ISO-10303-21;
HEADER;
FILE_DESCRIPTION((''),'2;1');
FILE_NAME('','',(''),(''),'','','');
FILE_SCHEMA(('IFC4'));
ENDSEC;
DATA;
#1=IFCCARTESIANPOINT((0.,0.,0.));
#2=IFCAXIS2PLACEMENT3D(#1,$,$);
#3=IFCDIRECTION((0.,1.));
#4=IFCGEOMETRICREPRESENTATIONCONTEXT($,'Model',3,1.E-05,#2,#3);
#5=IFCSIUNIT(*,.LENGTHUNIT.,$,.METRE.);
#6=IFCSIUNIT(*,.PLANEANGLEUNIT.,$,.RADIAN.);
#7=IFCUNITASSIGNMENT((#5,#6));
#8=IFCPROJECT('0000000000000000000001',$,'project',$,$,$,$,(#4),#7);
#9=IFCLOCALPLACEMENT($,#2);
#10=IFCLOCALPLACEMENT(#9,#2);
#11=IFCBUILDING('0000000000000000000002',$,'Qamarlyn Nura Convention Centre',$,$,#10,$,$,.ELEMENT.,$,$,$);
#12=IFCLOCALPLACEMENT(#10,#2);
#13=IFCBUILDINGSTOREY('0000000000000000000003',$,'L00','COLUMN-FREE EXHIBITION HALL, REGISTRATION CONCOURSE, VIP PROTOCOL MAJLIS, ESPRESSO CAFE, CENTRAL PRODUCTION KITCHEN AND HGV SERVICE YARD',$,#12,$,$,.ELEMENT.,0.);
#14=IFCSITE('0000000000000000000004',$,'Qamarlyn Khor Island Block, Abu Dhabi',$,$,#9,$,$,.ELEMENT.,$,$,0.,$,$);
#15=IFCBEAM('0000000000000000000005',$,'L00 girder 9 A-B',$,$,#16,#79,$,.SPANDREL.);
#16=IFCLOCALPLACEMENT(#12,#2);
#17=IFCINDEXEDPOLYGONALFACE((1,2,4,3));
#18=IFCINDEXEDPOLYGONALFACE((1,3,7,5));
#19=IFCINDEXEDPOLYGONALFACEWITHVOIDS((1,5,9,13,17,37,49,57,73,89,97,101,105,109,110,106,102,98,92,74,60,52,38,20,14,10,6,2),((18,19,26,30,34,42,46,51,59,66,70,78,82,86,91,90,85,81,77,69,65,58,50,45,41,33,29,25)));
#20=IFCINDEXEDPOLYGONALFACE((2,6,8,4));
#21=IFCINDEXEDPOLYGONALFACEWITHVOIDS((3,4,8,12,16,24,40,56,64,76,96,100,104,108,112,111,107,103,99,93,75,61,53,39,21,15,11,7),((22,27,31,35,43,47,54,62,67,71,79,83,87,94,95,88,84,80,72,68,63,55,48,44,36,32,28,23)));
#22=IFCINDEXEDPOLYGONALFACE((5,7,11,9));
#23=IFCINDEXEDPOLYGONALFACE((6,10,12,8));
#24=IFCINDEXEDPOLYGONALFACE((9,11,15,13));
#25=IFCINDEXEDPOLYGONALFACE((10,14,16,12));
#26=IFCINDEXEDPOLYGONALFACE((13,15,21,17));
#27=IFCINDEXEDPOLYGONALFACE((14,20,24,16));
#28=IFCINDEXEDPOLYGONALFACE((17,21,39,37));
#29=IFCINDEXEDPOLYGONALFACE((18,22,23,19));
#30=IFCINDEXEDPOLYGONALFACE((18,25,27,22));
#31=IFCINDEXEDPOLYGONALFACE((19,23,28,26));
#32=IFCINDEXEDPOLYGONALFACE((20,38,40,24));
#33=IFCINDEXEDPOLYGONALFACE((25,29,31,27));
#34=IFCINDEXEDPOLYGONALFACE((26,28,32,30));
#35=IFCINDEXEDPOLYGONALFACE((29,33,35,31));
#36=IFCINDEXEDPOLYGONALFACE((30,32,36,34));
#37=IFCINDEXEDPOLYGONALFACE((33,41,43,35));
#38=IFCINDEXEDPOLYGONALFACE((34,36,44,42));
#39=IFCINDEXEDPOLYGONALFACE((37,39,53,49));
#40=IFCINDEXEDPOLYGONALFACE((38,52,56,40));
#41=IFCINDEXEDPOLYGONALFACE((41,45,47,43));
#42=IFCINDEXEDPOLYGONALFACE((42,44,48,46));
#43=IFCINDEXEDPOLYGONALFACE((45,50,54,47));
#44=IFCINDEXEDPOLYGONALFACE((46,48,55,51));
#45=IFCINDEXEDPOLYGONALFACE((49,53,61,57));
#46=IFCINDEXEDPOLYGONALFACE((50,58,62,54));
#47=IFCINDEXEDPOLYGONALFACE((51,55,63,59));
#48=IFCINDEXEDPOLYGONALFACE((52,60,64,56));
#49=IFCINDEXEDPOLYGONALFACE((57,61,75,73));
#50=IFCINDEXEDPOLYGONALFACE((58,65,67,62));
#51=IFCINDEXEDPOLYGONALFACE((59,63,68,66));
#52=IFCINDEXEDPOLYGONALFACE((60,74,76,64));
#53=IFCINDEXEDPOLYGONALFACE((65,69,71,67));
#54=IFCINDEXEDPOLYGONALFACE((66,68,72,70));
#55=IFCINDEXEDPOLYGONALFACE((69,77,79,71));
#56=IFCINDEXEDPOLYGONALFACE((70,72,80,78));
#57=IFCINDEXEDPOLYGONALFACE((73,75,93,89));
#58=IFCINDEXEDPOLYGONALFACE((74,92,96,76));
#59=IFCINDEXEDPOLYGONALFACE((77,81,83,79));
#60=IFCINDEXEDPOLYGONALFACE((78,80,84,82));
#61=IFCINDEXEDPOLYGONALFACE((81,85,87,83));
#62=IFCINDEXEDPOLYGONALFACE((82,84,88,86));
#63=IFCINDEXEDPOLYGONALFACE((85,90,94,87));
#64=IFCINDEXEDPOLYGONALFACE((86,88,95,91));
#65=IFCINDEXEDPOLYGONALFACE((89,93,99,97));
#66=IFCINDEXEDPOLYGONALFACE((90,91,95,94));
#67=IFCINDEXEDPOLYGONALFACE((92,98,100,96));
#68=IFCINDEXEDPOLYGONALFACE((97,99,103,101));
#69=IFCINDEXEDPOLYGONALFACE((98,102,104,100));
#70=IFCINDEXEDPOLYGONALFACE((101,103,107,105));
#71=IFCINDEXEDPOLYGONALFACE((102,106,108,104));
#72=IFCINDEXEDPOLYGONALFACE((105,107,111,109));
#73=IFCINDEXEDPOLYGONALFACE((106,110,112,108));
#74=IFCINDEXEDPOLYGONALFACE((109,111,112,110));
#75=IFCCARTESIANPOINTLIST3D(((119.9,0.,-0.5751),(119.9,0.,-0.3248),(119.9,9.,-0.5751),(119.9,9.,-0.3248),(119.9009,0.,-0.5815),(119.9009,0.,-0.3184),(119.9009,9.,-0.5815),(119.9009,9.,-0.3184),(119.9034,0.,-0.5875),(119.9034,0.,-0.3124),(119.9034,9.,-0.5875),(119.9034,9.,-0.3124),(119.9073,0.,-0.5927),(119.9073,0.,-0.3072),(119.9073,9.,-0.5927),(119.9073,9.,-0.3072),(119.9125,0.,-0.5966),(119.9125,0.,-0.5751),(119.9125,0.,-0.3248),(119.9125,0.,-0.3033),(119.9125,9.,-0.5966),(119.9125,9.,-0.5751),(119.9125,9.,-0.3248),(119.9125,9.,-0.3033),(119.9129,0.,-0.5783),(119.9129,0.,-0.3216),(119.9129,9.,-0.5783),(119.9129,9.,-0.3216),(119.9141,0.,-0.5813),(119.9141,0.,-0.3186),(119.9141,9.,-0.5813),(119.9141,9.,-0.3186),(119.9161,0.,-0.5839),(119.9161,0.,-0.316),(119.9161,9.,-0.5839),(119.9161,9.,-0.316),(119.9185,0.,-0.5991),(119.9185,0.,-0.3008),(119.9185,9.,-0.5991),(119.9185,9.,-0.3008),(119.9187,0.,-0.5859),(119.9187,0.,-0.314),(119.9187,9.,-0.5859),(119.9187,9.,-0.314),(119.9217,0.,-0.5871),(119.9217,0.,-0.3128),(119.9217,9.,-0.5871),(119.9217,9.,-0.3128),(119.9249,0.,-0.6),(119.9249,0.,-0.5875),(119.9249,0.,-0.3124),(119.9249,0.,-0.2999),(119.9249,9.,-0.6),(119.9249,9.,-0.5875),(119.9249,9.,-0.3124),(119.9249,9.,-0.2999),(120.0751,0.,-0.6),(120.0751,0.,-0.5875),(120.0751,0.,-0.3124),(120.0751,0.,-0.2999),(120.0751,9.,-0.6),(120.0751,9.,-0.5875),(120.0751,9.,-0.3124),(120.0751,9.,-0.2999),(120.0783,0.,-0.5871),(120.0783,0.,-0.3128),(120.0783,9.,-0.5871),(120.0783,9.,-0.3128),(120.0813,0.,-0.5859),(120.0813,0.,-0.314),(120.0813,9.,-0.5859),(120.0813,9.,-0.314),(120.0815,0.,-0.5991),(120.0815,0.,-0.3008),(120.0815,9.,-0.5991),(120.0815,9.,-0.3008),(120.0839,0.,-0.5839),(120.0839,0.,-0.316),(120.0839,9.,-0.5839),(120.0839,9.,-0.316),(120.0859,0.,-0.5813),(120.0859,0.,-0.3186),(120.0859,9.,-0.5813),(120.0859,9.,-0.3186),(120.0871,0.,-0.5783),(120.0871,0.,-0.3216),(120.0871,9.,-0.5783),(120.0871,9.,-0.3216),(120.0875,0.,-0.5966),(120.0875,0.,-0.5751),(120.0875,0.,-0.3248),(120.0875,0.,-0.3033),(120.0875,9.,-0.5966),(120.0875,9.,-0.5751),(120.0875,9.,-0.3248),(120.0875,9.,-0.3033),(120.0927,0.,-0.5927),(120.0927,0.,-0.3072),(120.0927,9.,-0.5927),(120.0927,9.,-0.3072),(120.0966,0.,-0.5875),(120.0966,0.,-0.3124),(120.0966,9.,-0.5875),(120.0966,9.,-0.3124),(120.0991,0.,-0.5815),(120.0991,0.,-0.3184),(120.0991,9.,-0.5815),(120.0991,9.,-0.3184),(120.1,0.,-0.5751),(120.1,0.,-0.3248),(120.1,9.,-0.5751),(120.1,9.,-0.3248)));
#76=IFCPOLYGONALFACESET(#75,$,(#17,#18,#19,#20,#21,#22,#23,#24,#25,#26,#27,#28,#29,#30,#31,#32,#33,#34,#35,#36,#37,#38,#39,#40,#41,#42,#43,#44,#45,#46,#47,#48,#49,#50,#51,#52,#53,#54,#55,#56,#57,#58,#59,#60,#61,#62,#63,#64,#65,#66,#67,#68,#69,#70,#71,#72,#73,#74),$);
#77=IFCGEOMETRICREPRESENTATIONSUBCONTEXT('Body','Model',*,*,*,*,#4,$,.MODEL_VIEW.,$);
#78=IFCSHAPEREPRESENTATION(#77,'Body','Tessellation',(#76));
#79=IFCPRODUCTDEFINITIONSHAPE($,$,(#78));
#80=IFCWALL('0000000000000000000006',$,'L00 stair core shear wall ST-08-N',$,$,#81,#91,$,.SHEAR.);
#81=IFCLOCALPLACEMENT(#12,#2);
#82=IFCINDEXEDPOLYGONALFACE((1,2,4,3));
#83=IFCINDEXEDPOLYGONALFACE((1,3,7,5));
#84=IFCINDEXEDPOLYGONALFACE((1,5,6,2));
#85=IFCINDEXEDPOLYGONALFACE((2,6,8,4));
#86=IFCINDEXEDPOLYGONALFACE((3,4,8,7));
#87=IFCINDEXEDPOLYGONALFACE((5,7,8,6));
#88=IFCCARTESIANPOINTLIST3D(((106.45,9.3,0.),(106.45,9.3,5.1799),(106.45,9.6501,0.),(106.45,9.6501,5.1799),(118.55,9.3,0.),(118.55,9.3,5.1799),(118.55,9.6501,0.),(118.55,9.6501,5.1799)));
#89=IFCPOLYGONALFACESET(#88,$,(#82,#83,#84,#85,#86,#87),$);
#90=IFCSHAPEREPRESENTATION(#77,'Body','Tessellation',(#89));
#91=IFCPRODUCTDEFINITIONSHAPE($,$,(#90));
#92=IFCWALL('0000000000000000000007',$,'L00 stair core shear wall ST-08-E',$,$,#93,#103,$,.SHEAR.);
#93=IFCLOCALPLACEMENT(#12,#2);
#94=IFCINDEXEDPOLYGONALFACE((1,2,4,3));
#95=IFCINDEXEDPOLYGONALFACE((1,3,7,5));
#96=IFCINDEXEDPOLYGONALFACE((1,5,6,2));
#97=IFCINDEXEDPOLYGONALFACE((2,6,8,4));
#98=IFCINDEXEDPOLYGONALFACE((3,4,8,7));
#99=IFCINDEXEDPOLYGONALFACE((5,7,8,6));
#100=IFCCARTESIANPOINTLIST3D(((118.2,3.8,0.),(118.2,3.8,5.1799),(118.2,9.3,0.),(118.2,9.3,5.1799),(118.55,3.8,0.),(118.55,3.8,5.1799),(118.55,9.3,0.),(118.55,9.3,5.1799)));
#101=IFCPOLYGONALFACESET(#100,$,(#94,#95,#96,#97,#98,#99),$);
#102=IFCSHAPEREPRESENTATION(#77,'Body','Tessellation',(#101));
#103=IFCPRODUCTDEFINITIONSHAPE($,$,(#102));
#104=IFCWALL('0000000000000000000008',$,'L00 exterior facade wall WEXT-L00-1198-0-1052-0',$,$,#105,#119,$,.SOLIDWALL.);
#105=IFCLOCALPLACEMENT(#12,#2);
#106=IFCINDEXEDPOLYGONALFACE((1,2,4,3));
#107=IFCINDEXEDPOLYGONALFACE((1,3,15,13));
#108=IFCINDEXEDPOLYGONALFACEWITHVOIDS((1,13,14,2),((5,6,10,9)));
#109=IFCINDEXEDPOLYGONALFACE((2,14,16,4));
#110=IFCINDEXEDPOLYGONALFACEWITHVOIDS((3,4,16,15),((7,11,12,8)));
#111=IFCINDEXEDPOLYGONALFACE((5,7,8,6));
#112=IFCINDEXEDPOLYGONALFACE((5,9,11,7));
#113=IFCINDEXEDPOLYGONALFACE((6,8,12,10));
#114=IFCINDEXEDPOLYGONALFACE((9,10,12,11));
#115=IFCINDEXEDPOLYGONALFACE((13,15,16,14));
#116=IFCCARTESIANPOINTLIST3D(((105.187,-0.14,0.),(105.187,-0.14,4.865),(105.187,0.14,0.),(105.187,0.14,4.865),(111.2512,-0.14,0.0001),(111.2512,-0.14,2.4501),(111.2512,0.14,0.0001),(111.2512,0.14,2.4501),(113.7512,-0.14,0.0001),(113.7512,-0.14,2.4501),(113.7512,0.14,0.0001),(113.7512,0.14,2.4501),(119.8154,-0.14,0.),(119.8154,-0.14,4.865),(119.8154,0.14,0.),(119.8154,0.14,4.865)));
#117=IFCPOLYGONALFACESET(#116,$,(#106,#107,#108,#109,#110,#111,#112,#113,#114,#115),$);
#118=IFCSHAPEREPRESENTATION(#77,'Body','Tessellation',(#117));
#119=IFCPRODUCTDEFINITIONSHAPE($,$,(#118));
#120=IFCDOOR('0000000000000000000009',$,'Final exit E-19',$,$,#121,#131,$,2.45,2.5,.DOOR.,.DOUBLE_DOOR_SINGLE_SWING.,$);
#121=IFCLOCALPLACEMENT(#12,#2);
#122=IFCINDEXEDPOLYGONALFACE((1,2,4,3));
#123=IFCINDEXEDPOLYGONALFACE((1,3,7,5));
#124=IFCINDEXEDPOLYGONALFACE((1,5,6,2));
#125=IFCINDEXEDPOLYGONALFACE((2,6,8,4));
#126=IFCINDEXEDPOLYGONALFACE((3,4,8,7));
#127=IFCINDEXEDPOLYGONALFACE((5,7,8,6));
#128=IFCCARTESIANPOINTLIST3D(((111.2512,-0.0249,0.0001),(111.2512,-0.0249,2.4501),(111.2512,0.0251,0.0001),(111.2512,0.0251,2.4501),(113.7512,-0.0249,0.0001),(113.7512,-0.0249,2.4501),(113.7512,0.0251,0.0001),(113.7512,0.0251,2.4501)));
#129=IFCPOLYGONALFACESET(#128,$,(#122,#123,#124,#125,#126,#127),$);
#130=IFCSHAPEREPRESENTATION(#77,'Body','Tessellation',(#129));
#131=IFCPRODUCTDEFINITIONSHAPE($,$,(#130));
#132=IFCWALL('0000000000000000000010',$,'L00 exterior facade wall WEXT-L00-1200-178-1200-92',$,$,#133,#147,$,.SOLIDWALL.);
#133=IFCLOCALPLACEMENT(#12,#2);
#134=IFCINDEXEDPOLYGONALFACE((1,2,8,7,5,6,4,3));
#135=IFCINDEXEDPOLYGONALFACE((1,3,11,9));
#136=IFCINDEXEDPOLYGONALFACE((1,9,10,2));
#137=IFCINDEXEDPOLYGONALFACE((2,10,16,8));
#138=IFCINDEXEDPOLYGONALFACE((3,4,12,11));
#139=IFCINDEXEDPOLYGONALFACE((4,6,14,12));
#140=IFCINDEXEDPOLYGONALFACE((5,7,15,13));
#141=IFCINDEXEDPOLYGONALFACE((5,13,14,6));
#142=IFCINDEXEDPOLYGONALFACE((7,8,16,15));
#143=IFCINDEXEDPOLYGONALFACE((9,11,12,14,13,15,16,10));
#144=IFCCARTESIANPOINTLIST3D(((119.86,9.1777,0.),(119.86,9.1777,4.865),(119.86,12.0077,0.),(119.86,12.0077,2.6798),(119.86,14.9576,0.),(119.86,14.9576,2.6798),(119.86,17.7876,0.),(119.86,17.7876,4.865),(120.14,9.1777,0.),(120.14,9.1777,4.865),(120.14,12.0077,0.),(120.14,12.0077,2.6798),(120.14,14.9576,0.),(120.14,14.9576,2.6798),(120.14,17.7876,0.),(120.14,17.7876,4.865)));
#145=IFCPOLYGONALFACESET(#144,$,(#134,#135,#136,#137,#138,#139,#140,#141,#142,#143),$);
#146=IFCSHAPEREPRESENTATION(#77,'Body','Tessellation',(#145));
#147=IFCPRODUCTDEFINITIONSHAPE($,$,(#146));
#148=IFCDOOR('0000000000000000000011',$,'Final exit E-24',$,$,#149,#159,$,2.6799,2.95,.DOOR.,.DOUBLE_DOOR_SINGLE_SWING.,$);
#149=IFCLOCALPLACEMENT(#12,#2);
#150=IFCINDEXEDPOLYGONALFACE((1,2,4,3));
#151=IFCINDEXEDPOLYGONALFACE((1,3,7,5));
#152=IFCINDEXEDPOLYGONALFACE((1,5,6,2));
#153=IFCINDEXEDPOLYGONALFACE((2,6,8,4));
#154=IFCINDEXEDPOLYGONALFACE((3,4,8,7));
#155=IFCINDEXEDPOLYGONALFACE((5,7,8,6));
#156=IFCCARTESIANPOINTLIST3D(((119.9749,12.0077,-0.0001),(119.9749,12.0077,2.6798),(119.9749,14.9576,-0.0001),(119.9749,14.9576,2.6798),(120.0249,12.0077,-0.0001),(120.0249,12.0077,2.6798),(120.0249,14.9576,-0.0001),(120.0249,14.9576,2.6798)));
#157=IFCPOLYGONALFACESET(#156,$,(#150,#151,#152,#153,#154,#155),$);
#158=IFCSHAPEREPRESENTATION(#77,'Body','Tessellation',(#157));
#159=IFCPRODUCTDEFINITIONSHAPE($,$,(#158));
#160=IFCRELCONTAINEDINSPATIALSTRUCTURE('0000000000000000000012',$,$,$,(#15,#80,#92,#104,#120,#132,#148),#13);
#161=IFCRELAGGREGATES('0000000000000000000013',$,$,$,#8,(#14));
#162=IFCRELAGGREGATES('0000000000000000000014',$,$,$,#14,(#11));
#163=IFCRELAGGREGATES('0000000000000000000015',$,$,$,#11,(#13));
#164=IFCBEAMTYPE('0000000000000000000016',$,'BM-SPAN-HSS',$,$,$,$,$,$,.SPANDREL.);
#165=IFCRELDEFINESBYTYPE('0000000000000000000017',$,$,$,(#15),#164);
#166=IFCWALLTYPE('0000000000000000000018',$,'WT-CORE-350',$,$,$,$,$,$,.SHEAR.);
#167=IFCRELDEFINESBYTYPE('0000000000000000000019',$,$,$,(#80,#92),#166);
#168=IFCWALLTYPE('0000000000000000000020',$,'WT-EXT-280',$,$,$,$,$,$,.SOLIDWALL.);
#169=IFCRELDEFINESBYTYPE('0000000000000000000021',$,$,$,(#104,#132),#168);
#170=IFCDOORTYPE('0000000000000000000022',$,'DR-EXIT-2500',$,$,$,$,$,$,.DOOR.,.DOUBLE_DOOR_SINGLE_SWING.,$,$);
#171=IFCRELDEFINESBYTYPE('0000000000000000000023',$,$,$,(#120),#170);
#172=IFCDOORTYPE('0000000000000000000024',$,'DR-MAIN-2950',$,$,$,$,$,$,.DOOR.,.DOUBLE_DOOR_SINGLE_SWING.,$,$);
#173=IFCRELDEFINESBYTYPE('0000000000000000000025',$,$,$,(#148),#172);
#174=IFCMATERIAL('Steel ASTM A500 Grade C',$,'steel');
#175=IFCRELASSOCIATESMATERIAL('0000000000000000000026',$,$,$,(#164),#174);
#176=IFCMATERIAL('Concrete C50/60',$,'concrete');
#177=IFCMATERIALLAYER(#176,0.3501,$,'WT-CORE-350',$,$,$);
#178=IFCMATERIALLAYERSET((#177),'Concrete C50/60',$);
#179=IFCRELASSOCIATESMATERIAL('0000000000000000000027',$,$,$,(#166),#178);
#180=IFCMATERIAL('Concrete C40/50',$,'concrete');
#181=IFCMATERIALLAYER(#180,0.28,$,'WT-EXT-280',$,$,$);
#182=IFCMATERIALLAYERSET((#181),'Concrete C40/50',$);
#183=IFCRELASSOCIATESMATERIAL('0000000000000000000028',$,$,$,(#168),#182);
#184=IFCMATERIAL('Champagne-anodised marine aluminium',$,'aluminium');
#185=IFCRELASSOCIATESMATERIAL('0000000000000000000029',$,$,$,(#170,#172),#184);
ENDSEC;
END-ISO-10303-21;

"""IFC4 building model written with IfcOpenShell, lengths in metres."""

from ifc_helpers import new_model, si_unit, direction, frame, frame_2d, origin, origin_2d, place, context, subcontext, project, spatial, rectangle, hollow_rectangle, extrude, material, layer, layer_set, material_profile, profile_set, type_object, element, fill, save


model = new_model("IFC4")

# Units and contexts
model_context = context("Model", 3, precision=1e-05, world=origin(), true_north=direction((0.0, 1.0)))
body_context = subcontext(model_context, "Body", "Model", "MODEL_VIEW")
ifc_project = project(units=[si_unit("LENGTHUNIT", "METRE"), si_unit("PLANEANGLEUNIT", "RADIAN")], contexts=[model_context])

# Site, building, storey
site_placement = place(None, origin())
site = spatial("IfcSite", under=ifc_project, at=site_placement, Name="Qamarlyn Khor Island Block, Abu Dhabi", CompositionType="ELEMENT", RefElevation=0.0)
building_placement = place(site_placement, origin())
building = spatial("IfcBuilding", under=site, at=building_placement, Name="Qamarlyn Nura Convention Centre", CompositionType="ELEMENT")
storey_placement = place(building_placement, origin())
storey = spatial("IfcBuildingStorey", under=building, at=storey_placement, Name="L00", Description="COLUMN-FREE EXHIBITION HALL, REGISTRATION CONCOURSE, VIP PROTOCOL MAJLIS, ESPRESSO CAFE, CENTRAL PRODUCTION KITCHEN AND HGV SERVICE YARD", CompositionType="ELEMENT", Elevation=0.0)

# Shared definitions
ifc_material_1 = material(Name="Concrete C50/60", Category="concrete")

# Beam
ifc_material_2 = material(Name="Steel ASTM A500 Grade C", Category="steel")
ifc_material_profile_1 = material_profile(ifc_material_2, hollow_rectangle(XDim=0.2, YDim=0.3, WallThickness=0.0125, InnerFilletRadius=0.0125, OuterFilletRadius=0.0249, at=origin_2d()), Name="HSS300X200X12.5")
ifc_profile_set_1 = profile_set([ifc_material_profile_1], Name="Steel ASTM A500 Grade C")
beam_type_1 = type_object("IfcBeamType", Name="BM-SPAN-HSS", PredefinedType="SPANDREL", material=ifc_profile_set_1)
beam_1_placement = place(storey_placement, frame((120.0, 0.0, -0.45), z_axis=(0.0, 1.0, 0.0), x_axis=(-1.0, 0.0, 0.0)))
element("IfcBeam", 1, at=beam_1_placement, inside=storey, type_object=beam_type_1, Name="L00 girder 9 A-B", PredefinedType="SPANDREL", context=body_context, shape_type="SweptSolid", body=[
    extrude(hollow_rectangle(XDim=0.2, YDim=0.3, WallThickness=0.0125, InnerFilletRadius=0.0125, OuterFilletRadius=0.0249, at=origin_2d()), origin(), (0.0, 0.0, 1.0), 9.0),
])

# Walls
ifc_layer_1 = layer(ifc_material_1, 0.3501, Name="WT-CORE-350")
ifc_layer_set_1 = layer_set([ifc_layer_1], Name="Concrete C50/60")
wall_type_1 = type_object("IfcWallType", Name="WT-CORE-350", PredefinedType="SHEAR", material=ifc_layer_set_1)
wall_1_placement = place(storey_placement, frame((118.55, 9.4751, 0.0), z_axis=(0.0, 0.0, 1.0), x_axis=(-1.0, 0.0, 0.0)))
element("IfcWall", 2, at=wall_1_placement, inside=storey, type_object=wall_type_1, Name="L00 stair core shear wall ST-08-N", PredefinedType="SHEAR", context=body_context, shape_type="SweptSolid", body=[
    extrude(rectangle(XDim=12.1001, YDim=0.3501, at=frame_2d((6.05, 0.0))), origin(), (0.0, 0.0, 1.0), 5.1799),
])
wall_2_placement = place(storey_placement, frame((118.375, 3.8, 0.0), z_axis=(0.0, 0.0, 1.0), x_axis=(0.0, 1.0, 0.0)))
element("IfcWall", 3, at=wall_2_placement, inside=storey, type_object=wall_type_1, Name="L00 stair core shear wall ST-08-E", PredefinedType="SHEAR", context=body_context, shape_type="SweptSolid", body=[
    extrude(rectangle(XDim=5.5, YDim=0.3501, at=frame_2d((2.75, 0.0))), origin(), (0.0, 0.0, 1.0), 5.1799),
])

# Walls, openings, doors
ifc_material_3 = material(Name="Concrete C40/50", Category="concrete")
ifc_layer_2 = layer(ifc_material_3, 0.28, Name="WT-EXT-280")
ifc_layer_set_2 = layer_set([ifc_layer_2], Name="Concrete C40/50")
wall_type_2 = type_object("IfcWallType", Name="WT-EXT-280", PredefinedType="SOLIDWALL", material=ifc_layer_set_2)
wall_3_placement = place(storey_placement, frame((119.8154, 0.0, 0.0), z_axis=(0.0, 0.0, 1.0), x_axis=(-1.0, 0.0, 0.0)))
wall_3 = element("IfcWall", 4, at=wall_3_placement, inside=storey, type_object=wall_type_2, Name="L00 exterior facade wall WEXT-L00-1198-0-1052-0", PredefinedType="SOLIDWALL", context=body_context, shape_type="SweptSolid", body=[
    extrude(rectangle(XDim=14.6284, YDim=0.28, at=frame_2d((7.3142, 0.0))), origin(), (0.0, 0.0, 1.0), 4.865),
])
opening_1_placement = place(wall_3_placement, frame((6.0642, 0.0, 0.0)))
opening_1 = element("IfcOpeningElement", 5, at=opening_1_placement, cuts=wall_3, PredefinedType="OPENING", context=body_context, shape_type="SweptSolid", body=[
    extrude(rectangle(XDim=2.5, YDim=2.45, at=frame_2d((1.25, 1.2251))), frame((0.0, 0.1499, 0.0), z_axis=(0.0, -1.0, 0.0), x_axis=(1.0, 0.0, 0.0)), (0.0, 0.0, 1.0), 0.3),
])
ifc_material_4 = material(Name="Champagne-anodised marine aluminium", Category="aluminium")
door_type_1 = type_object("IfcDoorType", Name="DR-EXIT-2500", OperationType="DOUBLE_DOOR_SINGLE_SWING", PredefinedType="DOOR", material=ifc_material_4)
door_1_placement = place(opening_1_placement, origin())
door_1 = element("IfcDoor", 6, at=door_1_placement, inside=storey, type_object=door_type_1, Name="Final exit E-19", OperationType="DOUBLE_DOOR_SINGLE_SWING", OverallHeight=2.45, OverallWidth=2.5, PredefinedType="DOOR", context=body_context, shape_type="SweptSolid", body=[
    extrude(rectangle(XDim=2.5, YDim=2.45, at=frame_2d((1.25, 1.2251))), frame((0.0, 0.0249, 0.0), z_axis=(0.0, -1.0, 0.0), x_axis=(1.0, 0.0, 0.0)), (0.0, 0.0, 1.0), 0.05),
])
fill(opening_1, door_1)
wall_4_placement = place(storey_placement, frame((120.0, 17.7876, 0.0), z_axis=(0.0, 0.0, 1.0), x_axis=(0.0, -1.0, 0.0)))
wall_4 = element("IfcWall", 7, at=wall_4_placement, inside=storey, type_object=wall_type_2, Name="L00 exterior facade wall WEXT-L00-1200-178-1200-92", PredefinedType="SOLIDWALL", context=body_context, shape_type="SweptSolid", body=[
    extrude(rectangle(XDim=8.6099, YDim=0.28, at=frame_2d((4.3049, 0.0))), origin(), (0.0, 0.0, 1.0), 4.865),
])
opening_2_placement = place(wall_4_placement, frame((2.8298, 0.0, 0.0)))
opening_2 = element("IfcOpeningElement", 8, at=opening_2_placement, cuts=wall_4, PredefinedType="OPENING", context=body_context, shape_type="SweptSolid", body=[
    extrude(rectangle(XDim=2.95, YDim=2.6799, at=frame_2d((1.4751, 1.3398))), frame((0.0, 0.1499, 0.0), z_axis=(0.0, -1.0, 0.0), x_axis=(1.0, 0.0, 0.0)), (0.0, 0.0, 1.0), 0.3),
])
door_type_2 = type_object("IfcDoorType", Name="DR-MAIN-2950", OperationType="DOUBLE_DOOR_SINGLE_SWING", PredefinedType="DOOR", material=ifc_material_4)
door_2_placement = place(opening_2_placement, origin())
door_2 = element("IfcDoor", 9, at=door_2_placement, inside=storey, type_object=door_type_2, Name="Final exit E-24", OperationType="DOUBLE_DOOR_SINGLE_SWING", OverallHeight=2.6799, OverallWidth=2.95, PredefinedType="DOOR", context=body_context, shape_type="SweptSolid", body=[
    extrude(rectangle(XDim=2.95, YDim=2.6799, at=frame_2d((1.4751, 1.3398))), frame((0.0, 0.0249, 0.0), z_axis=(0.0, -1.0, 0.0), x_axis=(1.0, 0.0, 0.0)), (0.0, 0.0, 1.0), 0.05),
])
fill(opening_2, door_2)

save(model, "model.ifc")
